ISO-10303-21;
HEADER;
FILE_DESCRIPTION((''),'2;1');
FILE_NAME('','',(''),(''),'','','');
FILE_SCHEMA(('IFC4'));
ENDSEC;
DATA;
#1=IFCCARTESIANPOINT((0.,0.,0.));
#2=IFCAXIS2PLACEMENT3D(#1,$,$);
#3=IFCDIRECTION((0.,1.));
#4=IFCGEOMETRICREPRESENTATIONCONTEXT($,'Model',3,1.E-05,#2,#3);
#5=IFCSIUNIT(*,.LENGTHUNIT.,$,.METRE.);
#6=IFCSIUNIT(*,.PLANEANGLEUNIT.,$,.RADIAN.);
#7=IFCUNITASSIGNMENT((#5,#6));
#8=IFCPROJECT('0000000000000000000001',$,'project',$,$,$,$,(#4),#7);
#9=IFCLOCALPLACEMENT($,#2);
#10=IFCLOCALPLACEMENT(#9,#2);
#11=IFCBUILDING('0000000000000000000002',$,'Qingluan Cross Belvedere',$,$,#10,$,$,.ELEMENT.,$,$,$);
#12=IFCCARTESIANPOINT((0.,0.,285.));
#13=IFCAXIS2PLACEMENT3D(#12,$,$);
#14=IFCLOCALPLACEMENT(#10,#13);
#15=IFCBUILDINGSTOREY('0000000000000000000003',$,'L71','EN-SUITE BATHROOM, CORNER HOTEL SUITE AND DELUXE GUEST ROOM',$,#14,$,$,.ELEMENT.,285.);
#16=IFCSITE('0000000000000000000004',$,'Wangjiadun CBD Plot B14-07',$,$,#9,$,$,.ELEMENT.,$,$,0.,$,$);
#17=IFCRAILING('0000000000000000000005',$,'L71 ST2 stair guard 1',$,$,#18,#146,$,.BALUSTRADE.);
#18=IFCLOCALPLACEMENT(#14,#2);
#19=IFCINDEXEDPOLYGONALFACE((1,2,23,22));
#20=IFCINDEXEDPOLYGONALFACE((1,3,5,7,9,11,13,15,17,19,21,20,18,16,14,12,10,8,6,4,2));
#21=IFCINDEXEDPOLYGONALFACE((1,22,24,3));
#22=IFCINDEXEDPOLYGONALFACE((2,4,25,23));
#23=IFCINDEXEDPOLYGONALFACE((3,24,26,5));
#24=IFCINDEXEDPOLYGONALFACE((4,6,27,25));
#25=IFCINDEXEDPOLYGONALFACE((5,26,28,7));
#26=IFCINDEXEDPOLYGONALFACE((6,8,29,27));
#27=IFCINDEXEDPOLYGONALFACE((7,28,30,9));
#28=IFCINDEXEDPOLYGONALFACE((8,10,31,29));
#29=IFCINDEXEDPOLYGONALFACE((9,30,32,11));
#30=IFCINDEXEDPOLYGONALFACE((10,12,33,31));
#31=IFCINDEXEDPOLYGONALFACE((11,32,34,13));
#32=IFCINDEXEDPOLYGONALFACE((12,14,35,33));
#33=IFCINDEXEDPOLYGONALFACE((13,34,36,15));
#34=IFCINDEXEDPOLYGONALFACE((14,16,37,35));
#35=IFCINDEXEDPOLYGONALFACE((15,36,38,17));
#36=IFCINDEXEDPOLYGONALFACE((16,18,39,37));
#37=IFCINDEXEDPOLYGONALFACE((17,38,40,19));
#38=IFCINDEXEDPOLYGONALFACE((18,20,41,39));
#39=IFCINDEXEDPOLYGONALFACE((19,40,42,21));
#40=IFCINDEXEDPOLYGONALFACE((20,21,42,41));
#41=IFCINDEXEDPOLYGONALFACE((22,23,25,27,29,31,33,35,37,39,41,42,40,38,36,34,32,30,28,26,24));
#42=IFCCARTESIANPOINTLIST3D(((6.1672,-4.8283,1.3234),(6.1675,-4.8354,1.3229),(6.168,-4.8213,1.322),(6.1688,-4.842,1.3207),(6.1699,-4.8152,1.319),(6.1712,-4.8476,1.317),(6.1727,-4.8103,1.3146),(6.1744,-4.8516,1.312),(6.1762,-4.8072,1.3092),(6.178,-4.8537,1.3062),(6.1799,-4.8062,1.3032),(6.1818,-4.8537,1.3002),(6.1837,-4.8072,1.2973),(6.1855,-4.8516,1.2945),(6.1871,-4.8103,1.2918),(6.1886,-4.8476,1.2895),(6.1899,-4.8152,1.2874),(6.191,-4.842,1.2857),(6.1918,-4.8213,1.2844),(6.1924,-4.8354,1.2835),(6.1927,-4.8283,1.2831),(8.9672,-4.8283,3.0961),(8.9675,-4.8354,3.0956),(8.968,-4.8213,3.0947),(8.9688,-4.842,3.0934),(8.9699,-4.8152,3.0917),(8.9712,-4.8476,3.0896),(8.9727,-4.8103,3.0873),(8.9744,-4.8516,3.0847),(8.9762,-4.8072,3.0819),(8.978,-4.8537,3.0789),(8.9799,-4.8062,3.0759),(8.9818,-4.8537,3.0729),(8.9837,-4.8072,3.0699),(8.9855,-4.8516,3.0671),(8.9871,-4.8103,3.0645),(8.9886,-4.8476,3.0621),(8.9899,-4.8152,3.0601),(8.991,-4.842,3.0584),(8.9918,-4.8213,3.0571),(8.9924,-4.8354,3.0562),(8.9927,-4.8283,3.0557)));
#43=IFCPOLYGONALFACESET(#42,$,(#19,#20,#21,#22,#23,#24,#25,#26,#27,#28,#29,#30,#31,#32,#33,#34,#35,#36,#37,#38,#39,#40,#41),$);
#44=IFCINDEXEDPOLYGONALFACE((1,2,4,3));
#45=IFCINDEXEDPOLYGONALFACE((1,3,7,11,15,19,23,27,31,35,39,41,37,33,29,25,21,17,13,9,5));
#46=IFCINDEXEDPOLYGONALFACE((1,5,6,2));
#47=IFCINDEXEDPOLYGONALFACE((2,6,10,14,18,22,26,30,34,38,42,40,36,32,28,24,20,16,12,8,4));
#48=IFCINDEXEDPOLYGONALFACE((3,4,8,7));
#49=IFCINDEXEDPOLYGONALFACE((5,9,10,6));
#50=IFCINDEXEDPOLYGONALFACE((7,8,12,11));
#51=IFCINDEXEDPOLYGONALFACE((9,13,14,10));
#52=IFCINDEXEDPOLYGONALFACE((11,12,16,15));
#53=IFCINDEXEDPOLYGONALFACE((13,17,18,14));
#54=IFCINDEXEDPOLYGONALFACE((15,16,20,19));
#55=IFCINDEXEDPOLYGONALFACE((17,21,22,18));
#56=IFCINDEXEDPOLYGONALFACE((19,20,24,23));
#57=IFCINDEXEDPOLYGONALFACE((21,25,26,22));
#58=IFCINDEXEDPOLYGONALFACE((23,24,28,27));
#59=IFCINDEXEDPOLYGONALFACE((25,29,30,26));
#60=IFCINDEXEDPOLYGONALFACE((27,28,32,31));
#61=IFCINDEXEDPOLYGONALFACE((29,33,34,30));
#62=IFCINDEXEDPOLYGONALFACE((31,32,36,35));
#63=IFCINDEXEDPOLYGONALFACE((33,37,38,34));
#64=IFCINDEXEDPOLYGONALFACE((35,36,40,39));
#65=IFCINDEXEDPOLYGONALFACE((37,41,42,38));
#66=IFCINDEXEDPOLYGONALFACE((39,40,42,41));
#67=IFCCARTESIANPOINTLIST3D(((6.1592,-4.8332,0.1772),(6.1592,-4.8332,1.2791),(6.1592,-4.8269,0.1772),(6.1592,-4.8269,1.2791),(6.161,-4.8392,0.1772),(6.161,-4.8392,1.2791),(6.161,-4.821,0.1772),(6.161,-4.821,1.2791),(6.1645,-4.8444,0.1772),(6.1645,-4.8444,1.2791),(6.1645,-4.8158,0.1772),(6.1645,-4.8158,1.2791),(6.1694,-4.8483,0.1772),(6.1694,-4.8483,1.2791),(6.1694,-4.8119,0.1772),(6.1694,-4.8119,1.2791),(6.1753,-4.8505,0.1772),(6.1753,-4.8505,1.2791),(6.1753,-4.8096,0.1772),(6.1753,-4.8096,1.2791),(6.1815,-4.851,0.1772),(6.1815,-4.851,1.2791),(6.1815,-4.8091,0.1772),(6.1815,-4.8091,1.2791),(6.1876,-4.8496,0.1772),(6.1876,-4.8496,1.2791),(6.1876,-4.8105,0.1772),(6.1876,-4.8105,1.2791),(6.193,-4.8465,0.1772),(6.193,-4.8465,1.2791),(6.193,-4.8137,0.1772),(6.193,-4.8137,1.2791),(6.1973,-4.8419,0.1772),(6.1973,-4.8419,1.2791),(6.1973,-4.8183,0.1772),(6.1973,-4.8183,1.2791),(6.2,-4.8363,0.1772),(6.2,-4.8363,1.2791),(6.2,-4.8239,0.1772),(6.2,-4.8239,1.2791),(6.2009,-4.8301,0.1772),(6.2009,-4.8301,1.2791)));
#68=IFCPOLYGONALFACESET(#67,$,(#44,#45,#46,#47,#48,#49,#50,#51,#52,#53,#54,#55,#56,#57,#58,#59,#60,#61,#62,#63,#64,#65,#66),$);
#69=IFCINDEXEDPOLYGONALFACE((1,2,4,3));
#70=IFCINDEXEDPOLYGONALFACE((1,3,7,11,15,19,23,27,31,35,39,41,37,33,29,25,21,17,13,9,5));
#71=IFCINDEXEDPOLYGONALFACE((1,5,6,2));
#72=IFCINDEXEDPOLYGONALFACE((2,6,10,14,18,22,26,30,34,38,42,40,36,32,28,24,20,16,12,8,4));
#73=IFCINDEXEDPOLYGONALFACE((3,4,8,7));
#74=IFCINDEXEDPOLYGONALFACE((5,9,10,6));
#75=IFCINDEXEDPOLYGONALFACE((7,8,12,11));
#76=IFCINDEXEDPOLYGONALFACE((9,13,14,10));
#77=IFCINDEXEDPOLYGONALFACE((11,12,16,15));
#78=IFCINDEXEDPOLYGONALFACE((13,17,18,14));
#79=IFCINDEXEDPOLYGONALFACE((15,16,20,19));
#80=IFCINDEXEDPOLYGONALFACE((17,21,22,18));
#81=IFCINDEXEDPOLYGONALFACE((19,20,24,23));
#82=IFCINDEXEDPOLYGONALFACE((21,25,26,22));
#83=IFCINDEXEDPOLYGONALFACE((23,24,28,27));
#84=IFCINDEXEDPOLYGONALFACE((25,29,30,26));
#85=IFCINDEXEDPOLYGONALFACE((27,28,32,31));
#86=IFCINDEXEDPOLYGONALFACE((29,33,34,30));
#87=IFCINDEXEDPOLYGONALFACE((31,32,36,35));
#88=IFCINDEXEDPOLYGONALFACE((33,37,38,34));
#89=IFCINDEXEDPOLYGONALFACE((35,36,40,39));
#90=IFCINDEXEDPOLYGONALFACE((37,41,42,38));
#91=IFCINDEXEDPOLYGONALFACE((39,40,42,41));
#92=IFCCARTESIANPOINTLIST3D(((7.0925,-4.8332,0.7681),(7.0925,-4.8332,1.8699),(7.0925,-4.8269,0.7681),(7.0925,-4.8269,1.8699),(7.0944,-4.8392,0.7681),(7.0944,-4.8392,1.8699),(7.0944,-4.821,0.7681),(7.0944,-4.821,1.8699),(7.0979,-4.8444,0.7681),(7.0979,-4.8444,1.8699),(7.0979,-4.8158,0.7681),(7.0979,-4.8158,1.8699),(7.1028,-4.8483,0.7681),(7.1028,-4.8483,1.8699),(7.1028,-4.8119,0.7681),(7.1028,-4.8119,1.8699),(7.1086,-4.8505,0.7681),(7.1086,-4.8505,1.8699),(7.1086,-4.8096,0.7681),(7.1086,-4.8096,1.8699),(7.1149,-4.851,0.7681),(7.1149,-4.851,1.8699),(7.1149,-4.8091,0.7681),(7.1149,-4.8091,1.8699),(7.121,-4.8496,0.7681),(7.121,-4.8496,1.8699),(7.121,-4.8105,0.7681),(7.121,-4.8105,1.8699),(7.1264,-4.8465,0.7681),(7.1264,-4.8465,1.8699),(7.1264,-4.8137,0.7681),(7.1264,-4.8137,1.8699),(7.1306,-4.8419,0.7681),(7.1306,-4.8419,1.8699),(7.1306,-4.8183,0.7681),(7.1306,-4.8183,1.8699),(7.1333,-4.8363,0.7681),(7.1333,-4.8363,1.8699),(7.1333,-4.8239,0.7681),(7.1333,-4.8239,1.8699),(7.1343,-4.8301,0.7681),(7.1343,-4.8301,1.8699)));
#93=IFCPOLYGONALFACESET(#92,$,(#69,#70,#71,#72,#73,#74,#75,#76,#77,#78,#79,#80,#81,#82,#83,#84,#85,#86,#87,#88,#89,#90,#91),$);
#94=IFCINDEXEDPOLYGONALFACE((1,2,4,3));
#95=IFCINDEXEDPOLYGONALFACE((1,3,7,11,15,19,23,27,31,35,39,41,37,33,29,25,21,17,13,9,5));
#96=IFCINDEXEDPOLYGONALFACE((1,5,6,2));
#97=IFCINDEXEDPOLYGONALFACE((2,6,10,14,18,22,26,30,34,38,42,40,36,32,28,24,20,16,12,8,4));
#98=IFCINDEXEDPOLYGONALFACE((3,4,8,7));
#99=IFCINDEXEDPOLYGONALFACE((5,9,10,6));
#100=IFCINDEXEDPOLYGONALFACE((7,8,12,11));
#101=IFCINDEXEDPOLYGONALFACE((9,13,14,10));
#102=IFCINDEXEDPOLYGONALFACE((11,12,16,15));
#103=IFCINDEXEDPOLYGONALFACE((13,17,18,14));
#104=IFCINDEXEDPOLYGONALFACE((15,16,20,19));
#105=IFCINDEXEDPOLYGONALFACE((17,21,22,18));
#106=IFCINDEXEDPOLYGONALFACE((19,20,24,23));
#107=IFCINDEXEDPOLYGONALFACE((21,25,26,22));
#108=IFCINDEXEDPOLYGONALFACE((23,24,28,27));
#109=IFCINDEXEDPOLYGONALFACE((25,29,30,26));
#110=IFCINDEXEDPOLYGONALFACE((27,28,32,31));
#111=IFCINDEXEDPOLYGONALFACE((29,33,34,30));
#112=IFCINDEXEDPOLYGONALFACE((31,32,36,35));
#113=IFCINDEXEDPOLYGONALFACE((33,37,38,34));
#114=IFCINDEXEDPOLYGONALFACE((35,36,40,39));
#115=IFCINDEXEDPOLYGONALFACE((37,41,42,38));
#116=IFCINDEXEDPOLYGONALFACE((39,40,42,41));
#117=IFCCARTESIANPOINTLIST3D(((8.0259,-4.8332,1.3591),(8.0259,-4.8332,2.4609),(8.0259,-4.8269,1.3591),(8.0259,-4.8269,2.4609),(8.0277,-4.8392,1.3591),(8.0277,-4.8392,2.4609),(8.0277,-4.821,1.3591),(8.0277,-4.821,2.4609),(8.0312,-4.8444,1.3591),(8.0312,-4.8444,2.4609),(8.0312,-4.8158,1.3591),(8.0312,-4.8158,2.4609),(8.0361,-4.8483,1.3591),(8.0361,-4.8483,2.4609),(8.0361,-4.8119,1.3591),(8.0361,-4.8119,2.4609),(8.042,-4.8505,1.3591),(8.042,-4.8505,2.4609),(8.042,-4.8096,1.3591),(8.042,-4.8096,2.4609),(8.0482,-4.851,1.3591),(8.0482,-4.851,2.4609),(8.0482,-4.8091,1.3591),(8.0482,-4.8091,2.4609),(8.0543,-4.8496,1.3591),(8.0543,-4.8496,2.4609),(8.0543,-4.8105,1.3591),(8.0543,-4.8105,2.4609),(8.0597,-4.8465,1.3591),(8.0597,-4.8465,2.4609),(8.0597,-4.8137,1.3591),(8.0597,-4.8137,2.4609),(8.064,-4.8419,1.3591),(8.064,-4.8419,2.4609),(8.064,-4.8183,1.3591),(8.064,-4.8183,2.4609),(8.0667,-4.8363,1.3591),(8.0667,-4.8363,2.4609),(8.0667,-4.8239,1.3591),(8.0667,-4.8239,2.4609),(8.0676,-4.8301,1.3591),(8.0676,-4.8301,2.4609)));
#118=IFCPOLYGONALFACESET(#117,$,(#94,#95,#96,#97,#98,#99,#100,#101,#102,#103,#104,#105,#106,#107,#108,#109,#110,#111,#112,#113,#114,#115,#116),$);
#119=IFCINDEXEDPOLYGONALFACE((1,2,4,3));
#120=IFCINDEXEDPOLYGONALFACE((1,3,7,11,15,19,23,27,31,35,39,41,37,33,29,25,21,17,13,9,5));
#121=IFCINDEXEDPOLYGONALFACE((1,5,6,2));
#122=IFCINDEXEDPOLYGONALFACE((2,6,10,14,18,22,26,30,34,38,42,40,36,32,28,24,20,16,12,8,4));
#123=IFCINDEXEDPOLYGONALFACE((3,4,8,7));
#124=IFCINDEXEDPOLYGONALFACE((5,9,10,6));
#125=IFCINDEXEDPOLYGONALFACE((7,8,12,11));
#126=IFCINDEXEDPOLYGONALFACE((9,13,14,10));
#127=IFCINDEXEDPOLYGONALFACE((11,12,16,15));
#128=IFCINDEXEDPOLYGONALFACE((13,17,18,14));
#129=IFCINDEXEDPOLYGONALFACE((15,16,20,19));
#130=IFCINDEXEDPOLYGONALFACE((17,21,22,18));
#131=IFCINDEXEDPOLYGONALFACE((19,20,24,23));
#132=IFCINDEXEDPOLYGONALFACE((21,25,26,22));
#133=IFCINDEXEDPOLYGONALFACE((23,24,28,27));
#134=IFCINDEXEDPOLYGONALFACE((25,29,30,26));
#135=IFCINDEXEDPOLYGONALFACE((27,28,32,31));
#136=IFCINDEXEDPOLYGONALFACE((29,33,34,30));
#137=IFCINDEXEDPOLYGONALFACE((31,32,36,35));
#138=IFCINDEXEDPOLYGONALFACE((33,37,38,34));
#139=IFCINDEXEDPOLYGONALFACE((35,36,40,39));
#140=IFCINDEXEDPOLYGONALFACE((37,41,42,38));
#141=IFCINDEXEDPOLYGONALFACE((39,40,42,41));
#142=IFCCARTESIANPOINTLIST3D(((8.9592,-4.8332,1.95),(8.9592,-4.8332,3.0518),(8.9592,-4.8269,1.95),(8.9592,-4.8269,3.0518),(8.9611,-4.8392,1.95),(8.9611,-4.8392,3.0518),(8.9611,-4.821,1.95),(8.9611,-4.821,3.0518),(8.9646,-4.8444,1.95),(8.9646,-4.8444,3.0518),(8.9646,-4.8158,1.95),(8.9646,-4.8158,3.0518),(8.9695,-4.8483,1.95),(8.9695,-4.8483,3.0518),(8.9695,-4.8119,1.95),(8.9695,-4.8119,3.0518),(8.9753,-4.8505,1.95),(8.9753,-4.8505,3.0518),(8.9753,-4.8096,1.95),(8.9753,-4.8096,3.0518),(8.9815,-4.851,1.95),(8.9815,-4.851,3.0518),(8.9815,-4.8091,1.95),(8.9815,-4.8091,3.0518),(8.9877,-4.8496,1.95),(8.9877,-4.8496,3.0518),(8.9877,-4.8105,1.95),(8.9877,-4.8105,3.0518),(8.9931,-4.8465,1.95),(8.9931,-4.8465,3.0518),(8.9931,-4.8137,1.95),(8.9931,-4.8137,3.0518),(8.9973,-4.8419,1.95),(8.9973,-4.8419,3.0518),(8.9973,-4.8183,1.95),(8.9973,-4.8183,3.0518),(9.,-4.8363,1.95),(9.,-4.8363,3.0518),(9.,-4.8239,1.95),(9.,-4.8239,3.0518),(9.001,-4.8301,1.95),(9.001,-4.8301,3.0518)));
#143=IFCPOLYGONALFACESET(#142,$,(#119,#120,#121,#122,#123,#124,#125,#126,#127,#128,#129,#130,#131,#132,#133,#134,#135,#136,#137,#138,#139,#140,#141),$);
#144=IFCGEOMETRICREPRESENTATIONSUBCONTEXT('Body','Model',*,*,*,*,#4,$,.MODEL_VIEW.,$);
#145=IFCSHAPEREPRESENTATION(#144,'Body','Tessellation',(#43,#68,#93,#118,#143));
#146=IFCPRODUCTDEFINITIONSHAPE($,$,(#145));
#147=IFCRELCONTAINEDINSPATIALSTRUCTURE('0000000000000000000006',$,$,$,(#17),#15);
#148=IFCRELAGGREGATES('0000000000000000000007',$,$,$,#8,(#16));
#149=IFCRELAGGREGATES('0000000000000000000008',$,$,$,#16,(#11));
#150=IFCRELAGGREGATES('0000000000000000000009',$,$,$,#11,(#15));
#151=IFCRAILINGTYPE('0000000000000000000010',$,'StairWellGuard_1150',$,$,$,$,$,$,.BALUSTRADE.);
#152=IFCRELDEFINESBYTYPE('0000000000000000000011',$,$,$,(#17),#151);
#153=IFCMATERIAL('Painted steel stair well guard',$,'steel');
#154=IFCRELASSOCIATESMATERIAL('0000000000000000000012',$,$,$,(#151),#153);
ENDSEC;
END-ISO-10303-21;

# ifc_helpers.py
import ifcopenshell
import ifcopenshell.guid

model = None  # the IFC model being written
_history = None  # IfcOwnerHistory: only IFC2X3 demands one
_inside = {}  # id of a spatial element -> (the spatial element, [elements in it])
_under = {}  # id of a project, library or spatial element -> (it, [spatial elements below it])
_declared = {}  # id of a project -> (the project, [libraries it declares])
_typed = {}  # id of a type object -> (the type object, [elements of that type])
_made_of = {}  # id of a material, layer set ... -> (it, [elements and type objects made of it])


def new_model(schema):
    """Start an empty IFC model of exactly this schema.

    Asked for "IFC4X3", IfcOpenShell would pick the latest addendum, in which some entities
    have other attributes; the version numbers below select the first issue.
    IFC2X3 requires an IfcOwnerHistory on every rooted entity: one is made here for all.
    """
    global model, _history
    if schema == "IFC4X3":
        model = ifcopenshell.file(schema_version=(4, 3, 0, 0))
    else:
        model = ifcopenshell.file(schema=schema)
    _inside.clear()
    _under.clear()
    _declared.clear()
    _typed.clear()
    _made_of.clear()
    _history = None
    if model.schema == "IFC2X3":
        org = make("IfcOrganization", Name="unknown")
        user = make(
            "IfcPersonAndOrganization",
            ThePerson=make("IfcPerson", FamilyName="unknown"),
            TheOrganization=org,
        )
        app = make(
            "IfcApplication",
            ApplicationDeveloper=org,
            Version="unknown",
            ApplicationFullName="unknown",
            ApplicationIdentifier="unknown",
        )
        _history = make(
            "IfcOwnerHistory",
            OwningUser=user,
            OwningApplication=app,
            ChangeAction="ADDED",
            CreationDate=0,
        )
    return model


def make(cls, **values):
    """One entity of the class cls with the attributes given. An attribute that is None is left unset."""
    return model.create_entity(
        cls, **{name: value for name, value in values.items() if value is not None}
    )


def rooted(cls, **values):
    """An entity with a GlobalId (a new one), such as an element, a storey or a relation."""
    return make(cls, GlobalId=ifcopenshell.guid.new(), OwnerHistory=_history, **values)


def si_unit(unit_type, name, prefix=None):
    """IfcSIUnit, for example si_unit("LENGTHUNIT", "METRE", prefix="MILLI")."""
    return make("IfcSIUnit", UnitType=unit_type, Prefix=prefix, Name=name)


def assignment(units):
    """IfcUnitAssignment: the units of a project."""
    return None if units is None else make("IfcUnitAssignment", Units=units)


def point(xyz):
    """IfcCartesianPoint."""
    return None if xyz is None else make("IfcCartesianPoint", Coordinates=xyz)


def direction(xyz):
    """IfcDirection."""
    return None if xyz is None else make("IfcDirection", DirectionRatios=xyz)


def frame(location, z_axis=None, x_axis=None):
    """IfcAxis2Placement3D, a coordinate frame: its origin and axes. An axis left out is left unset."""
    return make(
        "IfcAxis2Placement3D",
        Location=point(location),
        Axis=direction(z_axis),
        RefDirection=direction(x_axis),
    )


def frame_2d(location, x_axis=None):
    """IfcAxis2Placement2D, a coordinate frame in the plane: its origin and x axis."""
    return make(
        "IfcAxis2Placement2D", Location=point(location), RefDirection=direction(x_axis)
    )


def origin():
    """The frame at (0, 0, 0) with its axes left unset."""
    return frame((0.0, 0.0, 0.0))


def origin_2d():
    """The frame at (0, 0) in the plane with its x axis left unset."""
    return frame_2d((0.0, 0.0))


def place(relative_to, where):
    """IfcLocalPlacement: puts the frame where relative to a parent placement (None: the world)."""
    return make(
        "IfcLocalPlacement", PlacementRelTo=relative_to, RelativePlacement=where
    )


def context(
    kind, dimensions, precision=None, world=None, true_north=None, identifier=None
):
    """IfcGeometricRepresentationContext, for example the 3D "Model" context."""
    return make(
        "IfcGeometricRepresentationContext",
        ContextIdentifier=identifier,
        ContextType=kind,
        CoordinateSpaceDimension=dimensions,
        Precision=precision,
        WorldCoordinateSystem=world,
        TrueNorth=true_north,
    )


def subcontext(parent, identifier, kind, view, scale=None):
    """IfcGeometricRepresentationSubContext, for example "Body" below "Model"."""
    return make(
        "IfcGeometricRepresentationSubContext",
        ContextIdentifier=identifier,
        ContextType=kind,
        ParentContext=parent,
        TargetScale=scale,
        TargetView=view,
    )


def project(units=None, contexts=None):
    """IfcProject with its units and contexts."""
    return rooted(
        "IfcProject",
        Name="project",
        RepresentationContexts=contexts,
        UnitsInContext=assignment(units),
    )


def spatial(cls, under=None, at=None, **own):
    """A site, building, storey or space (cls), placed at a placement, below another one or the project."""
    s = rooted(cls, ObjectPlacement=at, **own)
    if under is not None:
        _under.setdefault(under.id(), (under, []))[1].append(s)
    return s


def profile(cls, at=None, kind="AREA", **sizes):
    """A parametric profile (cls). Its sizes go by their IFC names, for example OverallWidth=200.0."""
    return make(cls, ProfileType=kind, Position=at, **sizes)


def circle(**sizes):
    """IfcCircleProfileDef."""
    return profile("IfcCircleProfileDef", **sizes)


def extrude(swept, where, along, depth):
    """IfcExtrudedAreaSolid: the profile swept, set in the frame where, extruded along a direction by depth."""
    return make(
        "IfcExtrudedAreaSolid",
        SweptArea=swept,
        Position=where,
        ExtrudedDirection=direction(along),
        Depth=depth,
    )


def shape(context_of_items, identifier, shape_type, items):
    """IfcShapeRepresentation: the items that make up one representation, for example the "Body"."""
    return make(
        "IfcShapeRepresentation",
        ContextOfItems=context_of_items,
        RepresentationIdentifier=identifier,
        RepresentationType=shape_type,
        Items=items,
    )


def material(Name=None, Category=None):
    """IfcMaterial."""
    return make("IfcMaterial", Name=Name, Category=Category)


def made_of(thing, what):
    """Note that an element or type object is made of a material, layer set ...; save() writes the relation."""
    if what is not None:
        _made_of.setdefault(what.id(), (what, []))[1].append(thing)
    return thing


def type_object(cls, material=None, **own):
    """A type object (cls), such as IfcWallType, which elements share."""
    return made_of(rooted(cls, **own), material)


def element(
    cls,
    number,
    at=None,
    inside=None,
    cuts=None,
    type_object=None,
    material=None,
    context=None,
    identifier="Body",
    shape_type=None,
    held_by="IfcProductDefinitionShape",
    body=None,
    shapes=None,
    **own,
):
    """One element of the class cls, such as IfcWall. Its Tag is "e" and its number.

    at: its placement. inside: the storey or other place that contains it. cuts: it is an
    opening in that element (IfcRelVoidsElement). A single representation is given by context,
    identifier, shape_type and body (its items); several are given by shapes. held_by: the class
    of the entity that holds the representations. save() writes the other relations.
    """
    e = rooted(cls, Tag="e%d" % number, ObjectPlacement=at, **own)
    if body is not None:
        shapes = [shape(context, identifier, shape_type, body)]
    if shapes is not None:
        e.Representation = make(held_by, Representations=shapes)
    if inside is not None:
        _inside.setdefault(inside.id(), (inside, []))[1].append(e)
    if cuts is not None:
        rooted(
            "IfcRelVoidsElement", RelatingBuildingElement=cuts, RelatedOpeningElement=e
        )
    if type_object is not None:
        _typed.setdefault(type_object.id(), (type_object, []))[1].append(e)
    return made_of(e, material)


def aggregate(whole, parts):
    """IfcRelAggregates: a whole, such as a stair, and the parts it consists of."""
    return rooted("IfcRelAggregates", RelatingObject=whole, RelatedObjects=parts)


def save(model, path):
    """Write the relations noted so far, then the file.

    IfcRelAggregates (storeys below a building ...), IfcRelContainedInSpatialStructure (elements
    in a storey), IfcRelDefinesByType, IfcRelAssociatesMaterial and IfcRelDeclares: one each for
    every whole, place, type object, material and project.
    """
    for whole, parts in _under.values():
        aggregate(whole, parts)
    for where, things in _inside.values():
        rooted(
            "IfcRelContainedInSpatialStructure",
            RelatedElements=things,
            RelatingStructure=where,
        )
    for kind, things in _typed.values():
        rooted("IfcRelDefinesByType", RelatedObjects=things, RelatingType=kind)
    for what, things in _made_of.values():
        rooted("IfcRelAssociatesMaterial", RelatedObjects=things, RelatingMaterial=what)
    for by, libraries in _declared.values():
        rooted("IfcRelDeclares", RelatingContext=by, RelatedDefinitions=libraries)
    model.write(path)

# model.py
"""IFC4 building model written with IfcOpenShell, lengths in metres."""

from ifc_helpers import new_model, si_unit, direction, frame, origin, origin_2d, place, context, subcontext, project, spatial, circle, extrude, material, type_object, element, save


model = new_model("IFC4")

# Units and contexts
model_context = context("Model", 3, precision=1e-05, world=origin(), true_north=direction((0.0, 1.0)))
body_context = subcontext(model_context, "Body", "Model", "MODEL_VIEW")
ifc_project = project(units=[si_unit("LENGTHUNIT", "METRE"), si_unit("PLANEANGLEUNIT", "RADIAN")], contexts=[model_context])

# Site, building, storey
site_placement = place(None, origin())
site = spatial("IfcSite", under=ifc_project, at=site_placement, Name="Wangjiadun CBD Plot B14-07", CompositionType="ELEMENT", RefElevation=0.0)
building_placement = place(site_placement, origin())
building = spatial("IfcBuilding", under=site, at=building_placement, Name="Qingluan Cross Belvedere", CompositionType="ELEMENT")
storey_placement = place(building_placement, frame((0.0, 0.0, 285.0)))
storey = spatial("IfcBuildingStorey", under=building, at=storey_placement, Name="L71", Description="EN-SUITE BATHROOM, CORNER HOTEL SUITE AND DELUXE GUEST ROOM", CompositionType="ELEMENT", Elevation=285.0)

# Railing
ifc_material_1 = material(Name="Painted steel stair well guard", Category="steel")
railing_type_1 = type_object("IfcRailingType", Name="StairWellGuard_1150", PredefinedType="BALUSTRADE", material=ifc_material_1)
railing_1_placement = place(storey_placement, frame((6.1799, -4.8301, 0.1772)))
element("IfcRailing", 1, at=railing_1_placement, inside=storey, type_object=railing_type_1, Name="L71 ST2 stair guard 1", PredefinedType="BALUSTRADE", context=body_context, shape_type="SweptSolid", body=[
    extrude(circle(Radius=0.0239, at=origin_2d()), frame((0.0, 0.0, 1.126), z_axis=(0.844909, 0.0, 0.53491), x_axis=(0.0, 1.0, 0.0)), (0.0, 0.0, 1.0), 3.314),
    extrude(circle(Radius=0.021, at=origin_2d()), origin(), (0.0, 0.0, 1.0), 1.1018),
    extrude(circle(Radius=0.021, at=origin_2d()), frame((0.9333, 0.0, 0.5908)), (0.0, 0.0, 1.0), 1.1018),
    extrude(circle(Radius=0.021, at=origin_2d()), frame((1.8667, 0.0, 1.1819)), (0.0, 0.0, 1.0), 1.1018),
    extrude(circle(Radius=0.021, at=origin_2d()), frame((2.8, 0.0, 1.7727)), (0.0, 0.0, 1.0), 1.1018),
])

save(model, "model.ifc")
